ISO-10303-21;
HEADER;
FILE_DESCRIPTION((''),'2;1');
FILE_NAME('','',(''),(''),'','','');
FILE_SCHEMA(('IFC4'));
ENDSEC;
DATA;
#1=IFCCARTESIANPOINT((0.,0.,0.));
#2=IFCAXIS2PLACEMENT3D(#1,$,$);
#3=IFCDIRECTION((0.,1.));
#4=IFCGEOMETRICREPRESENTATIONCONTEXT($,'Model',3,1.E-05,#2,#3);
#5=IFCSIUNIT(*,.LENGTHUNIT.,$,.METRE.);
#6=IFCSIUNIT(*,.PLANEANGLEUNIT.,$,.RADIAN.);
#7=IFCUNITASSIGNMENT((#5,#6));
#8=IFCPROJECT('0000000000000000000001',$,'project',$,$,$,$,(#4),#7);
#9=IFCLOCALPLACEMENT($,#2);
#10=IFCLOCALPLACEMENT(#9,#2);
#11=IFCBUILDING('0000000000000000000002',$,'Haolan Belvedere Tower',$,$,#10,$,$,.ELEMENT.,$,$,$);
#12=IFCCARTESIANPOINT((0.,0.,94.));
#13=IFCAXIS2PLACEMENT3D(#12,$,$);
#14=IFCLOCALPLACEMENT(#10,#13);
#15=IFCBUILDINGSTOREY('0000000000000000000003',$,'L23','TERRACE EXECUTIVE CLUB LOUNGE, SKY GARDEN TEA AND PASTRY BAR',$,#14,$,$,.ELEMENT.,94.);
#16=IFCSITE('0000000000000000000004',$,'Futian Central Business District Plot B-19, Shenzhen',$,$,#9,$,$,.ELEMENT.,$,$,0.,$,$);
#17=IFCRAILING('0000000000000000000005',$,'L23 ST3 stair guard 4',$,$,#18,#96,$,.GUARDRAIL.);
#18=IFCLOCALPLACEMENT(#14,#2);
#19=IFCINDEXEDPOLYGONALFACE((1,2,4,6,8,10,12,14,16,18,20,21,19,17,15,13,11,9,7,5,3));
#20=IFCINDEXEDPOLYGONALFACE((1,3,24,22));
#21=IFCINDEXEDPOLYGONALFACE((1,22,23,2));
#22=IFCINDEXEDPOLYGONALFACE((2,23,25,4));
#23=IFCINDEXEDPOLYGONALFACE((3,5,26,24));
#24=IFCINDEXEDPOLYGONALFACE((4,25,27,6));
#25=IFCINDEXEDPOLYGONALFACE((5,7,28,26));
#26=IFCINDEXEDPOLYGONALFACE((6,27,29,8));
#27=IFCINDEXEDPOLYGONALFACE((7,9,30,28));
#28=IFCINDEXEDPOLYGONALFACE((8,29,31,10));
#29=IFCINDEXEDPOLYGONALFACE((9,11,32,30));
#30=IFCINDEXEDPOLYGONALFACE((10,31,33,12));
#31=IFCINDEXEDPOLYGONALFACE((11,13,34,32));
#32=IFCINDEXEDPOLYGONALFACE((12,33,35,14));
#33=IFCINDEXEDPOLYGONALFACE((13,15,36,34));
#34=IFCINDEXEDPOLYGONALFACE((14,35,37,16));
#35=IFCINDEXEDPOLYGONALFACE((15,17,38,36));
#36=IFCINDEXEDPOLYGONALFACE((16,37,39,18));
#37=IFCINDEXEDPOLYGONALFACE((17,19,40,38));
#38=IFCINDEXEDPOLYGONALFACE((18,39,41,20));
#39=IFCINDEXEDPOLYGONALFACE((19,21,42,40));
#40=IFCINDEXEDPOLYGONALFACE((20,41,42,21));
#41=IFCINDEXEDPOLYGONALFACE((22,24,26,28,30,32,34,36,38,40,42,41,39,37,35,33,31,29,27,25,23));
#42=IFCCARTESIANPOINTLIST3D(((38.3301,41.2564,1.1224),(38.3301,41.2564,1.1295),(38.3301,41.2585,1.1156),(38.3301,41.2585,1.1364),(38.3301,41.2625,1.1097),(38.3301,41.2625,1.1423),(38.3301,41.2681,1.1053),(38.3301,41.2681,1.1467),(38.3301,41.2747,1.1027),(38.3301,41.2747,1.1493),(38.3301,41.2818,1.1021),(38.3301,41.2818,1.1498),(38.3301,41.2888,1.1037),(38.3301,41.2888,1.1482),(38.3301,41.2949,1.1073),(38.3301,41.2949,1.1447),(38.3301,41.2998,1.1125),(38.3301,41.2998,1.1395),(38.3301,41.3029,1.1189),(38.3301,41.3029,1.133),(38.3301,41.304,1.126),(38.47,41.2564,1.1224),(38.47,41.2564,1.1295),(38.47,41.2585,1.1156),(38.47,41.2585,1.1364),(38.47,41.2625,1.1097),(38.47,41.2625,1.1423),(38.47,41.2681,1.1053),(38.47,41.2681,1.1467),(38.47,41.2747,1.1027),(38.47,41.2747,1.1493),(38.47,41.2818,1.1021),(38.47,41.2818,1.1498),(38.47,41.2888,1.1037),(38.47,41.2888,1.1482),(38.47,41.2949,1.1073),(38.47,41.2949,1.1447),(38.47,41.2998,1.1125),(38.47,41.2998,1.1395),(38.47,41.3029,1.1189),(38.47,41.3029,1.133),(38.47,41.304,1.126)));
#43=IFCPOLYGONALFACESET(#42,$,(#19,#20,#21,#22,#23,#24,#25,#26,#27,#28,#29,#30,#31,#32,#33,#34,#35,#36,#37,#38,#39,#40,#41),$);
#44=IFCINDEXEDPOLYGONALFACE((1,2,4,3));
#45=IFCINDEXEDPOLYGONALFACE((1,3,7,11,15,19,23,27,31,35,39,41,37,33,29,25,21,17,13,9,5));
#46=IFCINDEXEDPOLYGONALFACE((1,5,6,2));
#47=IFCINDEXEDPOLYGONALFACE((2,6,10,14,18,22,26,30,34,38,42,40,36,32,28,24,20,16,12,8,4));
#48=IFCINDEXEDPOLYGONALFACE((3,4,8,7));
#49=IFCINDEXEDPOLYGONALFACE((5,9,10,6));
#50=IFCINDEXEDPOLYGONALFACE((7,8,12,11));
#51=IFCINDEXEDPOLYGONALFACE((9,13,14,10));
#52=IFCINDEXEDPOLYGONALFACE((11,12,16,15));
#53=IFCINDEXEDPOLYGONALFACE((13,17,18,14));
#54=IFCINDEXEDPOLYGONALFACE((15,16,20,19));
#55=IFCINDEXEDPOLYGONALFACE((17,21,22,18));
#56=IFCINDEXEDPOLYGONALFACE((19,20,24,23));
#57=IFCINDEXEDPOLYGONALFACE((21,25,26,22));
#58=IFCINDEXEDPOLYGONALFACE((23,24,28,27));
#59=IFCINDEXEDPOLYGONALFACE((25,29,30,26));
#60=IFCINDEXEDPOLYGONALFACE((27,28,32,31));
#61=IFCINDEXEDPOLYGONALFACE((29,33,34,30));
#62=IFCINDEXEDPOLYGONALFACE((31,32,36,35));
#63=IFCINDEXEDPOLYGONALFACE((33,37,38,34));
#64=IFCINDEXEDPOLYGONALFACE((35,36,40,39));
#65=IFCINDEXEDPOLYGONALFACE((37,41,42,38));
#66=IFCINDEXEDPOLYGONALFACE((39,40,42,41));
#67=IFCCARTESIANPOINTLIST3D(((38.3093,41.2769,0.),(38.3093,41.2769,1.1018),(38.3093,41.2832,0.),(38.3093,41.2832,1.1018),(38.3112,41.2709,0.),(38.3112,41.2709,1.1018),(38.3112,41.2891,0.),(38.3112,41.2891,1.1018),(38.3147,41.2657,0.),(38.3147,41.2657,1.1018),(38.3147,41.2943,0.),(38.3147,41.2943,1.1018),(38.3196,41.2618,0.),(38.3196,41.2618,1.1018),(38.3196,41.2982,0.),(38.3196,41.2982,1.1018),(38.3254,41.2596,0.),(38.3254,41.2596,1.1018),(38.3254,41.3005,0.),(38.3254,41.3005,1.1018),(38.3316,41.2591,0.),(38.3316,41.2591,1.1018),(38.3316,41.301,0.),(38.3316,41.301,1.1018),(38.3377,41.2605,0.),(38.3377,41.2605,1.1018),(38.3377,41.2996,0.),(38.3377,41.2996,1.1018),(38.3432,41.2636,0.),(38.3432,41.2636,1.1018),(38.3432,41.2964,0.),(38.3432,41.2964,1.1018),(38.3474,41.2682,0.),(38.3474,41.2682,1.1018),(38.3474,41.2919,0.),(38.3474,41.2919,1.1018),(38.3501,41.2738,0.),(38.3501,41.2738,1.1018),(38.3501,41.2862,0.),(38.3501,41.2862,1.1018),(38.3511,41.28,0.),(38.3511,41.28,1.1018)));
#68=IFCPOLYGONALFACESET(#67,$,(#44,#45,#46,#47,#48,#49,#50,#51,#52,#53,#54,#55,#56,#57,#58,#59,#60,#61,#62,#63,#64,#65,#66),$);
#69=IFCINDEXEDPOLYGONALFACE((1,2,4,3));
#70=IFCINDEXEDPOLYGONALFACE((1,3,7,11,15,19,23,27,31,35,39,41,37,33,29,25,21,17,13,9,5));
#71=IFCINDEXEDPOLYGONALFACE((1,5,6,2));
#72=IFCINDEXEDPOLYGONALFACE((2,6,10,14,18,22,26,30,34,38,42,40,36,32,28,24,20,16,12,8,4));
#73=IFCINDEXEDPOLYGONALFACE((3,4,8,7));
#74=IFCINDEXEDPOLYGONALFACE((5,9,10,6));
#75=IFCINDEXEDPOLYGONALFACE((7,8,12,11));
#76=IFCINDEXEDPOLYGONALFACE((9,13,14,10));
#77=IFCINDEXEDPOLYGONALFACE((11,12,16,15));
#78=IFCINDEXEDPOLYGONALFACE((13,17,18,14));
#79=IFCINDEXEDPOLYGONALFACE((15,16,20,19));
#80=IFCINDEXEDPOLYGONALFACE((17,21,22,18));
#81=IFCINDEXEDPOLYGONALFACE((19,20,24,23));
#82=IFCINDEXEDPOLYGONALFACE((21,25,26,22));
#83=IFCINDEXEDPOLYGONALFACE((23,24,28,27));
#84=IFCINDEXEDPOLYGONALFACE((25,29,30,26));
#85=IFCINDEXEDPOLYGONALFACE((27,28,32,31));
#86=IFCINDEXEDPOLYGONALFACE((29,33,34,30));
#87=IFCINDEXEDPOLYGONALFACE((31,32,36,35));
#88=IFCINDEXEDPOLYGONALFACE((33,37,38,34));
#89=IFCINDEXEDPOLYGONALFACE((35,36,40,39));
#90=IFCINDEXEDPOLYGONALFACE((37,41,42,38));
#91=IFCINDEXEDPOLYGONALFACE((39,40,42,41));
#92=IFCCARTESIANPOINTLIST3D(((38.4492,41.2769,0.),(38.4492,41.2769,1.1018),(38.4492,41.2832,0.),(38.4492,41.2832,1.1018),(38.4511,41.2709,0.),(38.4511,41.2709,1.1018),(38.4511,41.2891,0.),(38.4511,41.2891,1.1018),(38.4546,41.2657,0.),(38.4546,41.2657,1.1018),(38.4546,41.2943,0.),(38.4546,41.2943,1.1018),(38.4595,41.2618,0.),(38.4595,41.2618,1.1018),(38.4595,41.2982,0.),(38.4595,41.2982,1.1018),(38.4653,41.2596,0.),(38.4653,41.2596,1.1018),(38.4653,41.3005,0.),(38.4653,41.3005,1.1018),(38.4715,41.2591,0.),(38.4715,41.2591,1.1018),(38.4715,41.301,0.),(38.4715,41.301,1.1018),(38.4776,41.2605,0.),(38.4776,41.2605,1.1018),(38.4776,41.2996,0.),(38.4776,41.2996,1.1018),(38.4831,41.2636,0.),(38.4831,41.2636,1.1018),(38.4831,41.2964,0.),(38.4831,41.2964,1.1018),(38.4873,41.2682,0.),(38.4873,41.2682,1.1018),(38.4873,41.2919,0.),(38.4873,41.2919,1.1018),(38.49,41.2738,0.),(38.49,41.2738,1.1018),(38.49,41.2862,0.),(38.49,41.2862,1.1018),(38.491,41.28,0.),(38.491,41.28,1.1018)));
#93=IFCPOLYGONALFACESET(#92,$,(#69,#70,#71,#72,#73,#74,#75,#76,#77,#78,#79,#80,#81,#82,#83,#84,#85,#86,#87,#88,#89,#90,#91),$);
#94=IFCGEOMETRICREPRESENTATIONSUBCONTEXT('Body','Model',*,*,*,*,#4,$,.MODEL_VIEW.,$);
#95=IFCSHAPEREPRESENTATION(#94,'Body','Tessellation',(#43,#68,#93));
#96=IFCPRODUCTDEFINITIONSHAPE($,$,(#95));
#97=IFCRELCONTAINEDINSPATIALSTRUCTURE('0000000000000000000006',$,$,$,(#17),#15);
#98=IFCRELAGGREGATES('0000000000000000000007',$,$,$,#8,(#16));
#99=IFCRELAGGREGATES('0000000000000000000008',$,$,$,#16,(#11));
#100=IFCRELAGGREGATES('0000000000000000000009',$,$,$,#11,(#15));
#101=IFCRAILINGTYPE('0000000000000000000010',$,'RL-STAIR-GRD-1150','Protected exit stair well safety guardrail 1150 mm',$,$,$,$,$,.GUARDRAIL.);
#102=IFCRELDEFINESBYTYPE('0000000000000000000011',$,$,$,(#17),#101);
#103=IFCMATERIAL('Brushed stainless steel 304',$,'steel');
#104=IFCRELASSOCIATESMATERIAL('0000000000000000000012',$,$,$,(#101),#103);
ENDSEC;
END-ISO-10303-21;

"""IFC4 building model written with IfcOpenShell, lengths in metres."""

from ifc_helpers import new_model, si_unit, direction, frame, origin, origin_2d, place, context, subcontext, project, spatial, circle, extrude, material, type_object, element, save


model = new_model("IFC4")

# Units and contexts
model_context = context("Model", 3, precision=1e-05, world=origin(), true_north=direction((0.0, 1.0)))
body_context = subcontext(model_context, "Body", "Model", "MODEL_VIEW")
ifc_project = project(units=[si_unit("LENGTHUNIT", "METRE"), si_unit("PLANEANGLEUNIT", "RADIAN")], contexts=[model_context])

# Site, building, storey
site_placement = place(None, origin())
site = spatial("IfcSite", under=ifc_project, at=site_placement, Name="Futian Central Business District Plot B-19, Shenzhen", CompositionType="ELEMENT", RefElevation=0.0)
building_placement = place(site_placement, origin())
building = spatial("IfcBuilding", under=site, at=building_placement, Name="Haolan Belvedere Tower", CompositionType="ELEMENT")
storey_placement = place(building_placement, frame((0.0, 0.0, 94.0)))
storey = spatial("IfcBuildingStorey", under=building, at=storey_placement, Name="L23", Description="TERRACE EXECUTIVE CLUB LOUNGE, SKY GARDEN TEA AND PASTRY BAR", CompositionType="ELEMENT", Elevation=94.0)

# Railing
ifc_material_1 = material(Name="Brushed stainless steel 304", Category="steel")
railing_type_1 = type_object("IfcRailingType", Name="RL-STAIR-GRD-1150", Description="Protected exit stair well safety guardrail 1150 mm", PredefinedType="GUARDRAIL", material=ifc_material_1)
railing_1_placement = place(storey_placement, frame((38.3301, 41.28, 0.0)))
element("IfcRailing", 1, at=railing_1_placement, inside=storey, type_object=railing_type_1, Name="L23 ST3 stair guard 4", PredefinedType="GUARDRAIL", context=body_context, shape_type="SweptSolid", body=[
    extrude(circle(Radius=0.0239, at=origin_2d()), frame((0.0, 0.0, 1.126), z_axis=(1.0, 0.0, 0.0), x_axis=(0.0, 1.0, 0.0)), (0.0, 0.0, 1.0), 0.1399),
    extrude(circle(Radius=0.021, at=origin_2d()), origin(), (0.0, 0.0, 1.0), 1.1018),
    extrude(circle(Radius=0.021, at=origin_2d()), frame((0.1399, 0.0, 0.0)), (0.0, 0.0, 1.0), 1.1018),
])

save(model, "model.ifc")
